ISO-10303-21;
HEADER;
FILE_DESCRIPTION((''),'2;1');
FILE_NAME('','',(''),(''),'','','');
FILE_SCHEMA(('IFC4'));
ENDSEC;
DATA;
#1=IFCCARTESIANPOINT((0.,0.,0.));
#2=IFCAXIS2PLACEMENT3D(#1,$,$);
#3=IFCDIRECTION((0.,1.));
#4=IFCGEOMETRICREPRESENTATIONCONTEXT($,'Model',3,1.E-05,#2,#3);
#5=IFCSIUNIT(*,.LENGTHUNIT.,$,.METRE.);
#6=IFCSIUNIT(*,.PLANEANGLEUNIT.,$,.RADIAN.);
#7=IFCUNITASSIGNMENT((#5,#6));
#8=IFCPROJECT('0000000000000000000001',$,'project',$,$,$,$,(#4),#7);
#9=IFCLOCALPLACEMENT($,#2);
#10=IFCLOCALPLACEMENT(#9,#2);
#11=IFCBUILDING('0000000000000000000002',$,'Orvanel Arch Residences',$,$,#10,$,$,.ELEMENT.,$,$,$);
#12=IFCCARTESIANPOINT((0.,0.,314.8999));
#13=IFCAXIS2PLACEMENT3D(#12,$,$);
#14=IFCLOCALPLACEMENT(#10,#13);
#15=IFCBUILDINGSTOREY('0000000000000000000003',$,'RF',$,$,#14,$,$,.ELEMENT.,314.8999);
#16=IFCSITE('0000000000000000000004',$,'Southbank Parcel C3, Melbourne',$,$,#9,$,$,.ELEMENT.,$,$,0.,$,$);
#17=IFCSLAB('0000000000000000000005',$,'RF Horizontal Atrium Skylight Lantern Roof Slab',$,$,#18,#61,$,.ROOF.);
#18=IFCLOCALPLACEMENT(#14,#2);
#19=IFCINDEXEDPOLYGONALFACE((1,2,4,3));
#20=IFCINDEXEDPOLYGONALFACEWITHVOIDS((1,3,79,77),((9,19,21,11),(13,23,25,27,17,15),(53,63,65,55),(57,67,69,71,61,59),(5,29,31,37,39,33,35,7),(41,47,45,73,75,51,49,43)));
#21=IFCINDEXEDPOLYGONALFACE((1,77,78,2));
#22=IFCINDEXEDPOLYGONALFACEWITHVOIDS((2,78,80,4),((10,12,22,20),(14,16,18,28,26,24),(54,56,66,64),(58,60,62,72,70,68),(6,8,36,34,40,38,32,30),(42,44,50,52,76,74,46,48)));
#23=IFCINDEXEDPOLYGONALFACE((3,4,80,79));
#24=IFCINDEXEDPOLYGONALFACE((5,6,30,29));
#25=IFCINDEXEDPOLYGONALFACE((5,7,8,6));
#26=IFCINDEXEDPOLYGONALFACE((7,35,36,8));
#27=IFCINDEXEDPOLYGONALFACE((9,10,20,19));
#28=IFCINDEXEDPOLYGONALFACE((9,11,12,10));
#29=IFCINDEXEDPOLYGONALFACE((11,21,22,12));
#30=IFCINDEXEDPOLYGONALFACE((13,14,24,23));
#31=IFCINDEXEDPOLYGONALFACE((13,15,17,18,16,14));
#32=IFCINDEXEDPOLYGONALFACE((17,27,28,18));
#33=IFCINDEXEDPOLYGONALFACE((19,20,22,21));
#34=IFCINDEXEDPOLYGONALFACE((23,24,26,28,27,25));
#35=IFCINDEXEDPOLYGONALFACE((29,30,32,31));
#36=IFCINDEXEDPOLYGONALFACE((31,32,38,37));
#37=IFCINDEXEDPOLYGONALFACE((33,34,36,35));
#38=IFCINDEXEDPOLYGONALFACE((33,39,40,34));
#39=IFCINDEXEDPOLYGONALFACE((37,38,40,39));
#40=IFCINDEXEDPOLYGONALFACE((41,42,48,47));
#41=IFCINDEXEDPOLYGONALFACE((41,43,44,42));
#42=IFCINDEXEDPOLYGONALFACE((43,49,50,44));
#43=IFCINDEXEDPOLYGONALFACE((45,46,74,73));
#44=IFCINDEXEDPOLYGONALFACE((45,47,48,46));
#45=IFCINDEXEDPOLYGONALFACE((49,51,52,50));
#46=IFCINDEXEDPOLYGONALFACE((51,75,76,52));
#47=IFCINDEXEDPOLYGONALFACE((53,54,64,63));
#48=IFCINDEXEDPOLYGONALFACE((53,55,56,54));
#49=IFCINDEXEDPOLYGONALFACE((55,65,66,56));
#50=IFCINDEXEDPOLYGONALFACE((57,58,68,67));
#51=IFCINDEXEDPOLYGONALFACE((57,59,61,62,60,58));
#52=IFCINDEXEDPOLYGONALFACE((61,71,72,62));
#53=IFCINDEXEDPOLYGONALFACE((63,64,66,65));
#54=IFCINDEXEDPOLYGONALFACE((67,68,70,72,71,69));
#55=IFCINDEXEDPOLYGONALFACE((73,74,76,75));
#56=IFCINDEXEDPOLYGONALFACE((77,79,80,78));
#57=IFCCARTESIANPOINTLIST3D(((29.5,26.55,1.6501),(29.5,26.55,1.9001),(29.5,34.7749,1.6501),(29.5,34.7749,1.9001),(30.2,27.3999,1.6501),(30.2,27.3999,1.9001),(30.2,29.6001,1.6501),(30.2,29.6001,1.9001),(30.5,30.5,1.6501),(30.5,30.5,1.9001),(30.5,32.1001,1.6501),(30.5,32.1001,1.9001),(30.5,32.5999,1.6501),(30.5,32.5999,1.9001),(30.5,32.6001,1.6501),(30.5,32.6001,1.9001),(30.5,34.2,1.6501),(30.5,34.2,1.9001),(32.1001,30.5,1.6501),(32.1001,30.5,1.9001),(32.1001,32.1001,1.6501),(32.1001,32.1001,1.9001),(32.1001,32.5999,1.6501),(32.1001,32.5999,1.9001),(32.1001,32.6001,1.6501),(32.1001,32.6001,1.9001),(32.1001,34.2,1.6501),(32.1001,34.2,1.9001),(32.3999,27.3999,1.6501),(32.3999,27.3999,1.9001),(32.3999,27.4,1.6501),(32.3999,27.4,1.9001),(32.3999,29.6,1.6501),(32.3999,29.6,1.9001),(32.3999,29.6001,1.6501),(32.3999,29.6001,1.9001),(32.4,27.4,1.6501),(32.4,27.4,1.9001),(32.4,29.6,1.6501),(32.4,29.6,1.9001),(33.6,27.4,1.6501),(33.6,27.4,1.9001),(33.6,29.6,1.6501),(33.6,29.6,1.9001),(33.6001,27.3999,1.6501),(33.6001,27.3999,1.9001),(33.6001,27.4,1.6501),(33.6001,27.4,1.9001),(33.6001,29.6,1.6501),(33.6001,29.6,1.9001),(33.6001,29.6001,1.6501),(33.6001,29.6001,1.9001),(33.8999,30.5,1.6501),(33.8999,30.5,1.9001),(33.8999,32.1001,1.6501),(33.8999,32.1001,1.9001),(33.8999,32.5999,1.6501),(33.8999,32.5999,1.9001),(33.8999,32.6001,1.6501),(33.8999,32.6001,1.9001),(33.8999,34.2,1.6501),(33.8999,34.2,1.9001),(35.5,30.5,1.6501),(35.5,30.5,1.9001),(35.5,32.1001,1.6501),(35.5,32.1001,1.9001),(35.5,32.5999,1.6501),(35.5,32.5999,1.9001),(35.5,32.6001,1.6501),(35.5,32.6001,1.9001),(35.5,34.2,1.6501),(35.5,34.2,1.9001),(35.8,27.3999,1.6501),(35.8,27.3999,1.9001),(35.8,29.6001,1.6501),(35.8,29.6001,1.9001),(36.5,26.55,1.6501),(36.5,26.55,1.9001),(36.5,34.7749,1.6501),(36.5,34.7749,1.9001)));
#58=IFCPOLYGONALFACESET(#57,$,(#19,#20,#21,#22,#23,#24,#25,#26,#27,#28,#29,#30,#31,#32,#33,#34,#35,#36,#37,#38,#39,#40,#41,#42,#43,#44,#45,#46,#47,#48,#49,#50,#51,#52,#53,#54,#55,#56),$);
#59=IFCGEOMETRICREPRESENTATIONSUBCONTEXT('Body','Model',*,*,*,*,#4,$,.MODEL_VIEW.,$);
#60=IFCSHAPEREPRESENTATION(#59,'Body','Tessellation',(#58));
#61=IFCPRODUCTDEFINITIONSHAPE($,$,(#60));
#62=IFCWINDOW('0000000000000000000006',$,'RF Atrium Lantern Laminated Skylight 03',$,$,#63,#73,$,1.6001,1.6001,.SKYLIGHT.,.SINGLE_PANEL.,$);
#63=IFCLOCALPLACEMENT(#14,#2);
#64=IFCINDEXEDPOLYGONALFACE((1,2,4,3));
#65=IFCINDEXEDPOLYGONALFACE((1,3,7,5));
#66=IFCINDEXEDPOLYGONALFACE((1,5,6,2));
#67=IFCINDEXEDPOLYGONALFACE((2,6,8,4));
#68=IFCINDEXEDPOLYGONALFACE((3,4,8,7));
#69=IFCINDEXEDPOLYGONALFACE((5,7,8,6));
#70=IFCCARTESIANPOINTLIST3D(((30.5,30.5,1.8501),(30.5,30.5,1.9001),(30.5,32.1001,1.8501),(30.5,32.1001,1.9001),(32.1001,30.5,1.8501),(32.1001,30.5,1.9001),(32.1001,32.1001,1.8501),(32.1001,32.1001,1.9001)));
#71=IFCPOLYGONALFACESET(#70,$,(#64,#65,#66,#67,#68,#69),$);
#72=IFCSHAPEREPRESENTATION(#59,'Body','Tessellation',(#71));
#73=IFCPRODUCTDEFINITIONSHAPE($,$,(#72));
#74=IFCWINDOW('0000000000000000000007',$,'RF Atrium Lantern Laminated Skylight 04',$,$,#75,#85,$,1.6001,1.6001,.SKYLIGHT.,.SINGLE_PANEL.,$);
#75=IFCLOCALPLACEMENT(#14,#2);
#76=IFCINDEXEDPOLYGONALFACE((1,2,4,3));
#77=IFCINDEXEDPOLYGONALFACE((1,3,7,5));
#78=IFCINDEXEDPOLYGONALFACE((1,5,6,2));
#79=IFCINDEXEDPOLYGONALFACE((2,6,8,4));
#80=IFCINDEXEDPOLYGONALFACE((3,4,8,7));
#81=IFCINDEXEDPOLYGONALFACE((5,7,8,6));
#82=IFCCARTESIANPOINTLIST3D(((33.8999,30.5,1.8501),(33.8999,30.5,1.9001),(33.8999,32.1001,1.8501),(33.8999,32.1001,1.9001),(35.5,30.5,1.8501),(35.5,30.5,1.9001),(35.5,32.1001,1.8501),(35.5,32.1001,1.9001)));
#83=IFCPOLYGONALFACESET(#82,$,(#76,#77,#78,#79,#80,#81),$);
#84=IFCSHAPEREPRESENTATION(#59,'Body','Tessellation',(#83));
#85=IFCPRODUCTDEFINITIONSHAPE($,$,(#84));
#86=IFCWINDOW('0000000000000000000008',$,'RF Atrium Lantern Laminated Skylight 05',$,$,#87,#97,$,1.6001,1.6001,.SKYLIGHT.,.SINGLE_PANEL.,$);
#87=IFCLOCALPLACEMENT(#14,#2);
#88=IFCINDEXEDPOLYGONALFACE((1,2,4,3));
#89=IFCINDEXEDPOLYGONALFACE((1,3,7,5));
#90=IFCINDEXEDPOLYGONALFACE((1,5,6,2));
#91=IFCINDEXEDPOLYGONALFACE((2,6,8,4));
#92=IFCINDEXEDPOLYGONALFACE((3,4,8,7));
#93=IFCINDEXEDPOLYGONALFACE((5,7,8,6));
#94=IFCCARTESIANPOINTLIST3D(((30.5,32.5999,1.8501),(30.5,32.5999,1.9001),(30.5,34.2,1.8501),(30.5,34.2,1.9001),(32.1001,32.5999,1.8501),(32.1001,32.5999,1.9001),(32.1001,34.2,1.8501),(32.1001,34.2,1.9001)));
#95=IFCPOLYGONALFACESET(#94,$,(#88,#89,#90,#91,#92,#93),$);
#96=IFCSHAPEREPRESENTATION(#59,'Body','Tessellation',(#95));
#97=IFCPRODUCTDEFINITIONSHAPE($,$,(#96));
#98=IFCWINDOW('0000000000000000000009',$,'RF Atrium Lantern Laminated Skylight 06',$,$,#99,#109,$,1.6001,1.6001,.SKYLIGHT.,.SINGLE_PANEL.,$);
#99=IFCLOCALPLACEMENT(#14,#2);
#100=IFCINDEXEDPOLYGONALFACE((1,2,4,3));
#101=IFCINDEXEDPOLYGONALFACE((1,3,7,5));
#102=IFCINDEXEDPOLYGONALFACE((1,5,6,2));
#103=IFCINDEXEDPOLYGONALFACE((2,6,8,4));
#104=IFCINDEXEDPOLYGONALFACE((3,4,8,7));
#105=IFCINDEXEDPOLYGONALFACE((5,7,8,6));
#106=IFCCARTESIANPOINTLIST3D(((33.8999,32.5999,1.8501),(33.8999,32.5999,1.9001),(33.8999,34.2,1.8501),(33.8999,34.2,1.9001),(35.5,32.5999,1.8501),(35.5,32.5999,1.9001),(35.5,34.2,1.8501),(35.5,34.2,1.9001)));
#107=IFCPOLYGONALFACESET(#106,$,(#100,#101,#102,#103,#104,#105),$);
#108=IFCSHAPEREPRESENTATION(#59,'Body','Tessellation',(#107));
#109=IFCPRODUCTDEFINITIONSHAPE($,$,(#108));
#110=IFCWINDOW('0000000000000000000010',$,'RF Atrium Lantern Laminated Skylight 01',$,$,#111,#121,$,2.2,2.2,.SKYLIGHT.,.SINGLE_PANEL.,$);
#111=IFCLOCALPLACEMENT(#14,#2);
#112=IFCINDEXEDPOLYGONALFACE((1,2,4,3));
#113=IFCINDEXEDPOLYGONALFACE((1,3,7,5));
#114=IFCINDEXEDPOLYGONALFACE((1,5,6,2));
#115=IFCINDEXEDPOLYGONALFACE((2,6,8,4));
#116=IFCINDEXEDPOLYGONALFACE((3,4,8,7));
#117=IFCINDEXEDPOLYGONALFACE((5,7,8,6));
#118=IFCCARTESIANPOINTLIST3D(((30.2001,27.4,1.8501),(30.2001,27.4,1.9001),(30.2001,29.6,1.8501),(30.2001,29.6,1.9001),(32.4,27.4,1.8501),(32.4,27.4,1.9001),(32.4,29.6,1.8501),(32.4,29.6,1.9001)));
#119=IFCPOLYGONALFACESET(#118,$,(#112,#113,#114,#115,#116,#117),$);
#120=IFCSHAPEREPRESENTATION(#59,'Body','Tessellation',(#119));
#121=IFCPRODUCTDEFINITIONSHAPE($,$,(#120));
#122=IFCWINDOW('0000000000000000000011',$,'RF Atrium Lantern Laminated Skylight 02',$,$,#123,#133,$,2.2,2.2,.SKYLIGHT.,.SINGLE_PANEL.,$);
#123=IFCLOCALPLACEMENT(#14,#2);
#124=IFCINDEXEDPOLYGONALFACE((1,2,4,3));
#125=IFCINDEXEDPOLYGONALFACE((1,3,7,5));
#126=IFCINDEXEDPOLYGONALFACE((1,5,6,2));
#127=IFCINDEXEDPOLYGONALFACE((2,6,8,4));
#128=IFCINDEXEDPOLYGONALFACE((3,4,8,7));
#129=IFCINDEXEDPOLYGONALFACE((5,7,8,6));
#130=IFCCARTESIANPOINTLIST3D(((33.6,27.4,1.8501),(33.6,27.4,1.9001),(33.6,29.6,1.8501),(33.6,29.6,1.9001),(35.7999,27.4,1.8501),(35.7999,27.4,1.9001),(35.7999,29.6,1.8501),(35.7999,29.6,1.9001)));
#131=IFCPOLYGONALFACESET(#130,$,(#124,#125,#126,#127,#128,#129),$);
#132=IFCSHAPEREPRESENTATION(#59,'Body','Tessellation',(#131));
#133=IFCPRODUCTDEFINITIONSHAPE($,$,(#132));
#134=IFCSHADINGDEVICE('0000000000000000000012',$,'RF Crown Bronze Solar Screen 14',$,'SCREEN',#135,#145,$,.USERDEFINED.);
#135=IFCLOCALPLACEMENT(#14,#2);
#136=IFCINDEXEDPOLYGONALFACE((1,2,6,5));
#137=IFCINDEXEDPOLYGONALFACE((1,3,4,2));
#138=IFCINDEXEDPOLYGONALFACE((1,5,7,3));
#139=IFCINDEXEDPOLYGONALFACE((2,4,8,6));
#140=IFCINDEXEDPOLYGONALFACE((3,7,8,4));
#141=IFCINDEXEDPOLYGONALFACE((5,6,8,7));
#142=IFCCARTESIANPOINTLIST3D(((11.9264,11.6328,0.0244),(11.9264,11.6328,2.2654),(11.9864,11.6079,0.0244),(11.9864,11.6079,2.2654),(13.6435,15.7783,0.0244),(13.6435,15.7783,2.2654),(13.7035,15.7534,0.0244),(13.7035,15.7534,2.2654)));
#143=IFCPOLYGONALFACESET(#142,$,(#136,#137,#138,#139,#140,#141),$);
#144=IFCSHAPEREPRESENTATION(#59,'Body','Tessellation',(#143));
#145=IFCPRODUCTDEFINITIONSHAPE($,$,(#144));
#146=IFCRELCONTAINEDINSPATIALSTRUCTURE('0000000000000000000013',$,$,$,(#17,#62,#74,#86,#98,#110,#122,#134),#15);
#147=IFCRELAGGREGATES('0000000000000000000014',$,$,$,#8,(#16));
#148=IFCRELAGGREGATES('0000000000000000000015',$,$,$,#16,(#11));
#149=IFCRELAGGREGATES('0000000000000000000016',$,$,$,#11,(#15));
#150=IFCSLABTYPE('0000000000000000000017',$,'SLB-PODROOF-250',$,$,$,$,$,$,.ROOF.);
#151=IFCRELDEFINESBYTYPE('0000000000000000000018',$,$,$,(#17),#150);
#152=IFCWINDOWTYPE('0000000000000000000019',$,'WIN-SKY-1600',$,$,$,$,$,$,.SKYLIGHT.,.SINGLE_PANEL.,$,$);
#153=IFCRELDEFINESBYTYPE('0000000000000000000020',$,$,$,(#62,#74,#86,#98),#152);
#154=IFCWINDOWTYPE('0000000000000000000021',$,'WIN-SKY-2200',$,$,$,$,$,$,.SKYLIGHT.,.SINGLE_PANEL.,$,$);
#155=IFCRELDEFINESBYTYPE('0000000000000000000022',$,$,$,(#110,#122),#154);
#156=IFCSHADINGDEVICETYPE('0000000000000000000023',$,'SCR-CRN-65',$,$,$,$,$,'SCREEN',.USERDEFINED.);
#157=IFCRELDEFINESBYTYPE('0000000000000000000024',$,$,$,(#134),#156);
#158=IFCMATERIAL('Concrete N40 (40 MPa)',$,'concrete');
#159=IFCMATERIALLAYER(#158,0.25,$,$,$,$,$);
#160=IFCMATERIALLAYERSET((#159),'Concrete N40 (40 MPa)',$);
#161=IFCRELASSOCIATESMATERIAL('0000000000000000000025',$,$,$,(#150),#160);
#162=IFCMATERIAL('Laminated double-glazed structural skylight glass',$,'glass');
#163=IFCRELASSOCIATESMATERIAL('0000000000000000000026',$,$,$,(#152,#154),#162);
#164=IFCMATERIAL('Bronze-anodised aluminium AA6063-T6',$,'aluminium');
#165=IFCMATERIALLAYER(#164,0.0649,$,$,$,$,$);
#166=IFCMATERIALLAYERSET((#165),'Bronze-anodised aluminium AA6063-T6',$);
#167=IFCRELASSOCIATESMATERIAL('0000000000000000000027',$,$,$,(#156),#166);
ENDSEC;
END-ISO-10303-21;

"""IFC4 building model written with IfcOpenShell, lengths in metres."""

from ifc_helpers import new_model, si_unit, direction, frame, origin, origin_2d, place, context, subcontext, project, spatial, polyline, rectangle, outline, extrude, material, layer, layer_set, type_object, element, fill, save


model = new_model("IFC4")

# Units and contexts
model_context = context("Model", 3, precision=1e-05, world=origin(), true_north=direction((0.0, 1.0)))
body_context = subcontext(model_context, "Body", "Model", "MODEL_VIEW")
ifc_project = project(units=[si_unit("LENGTHUNIT", "METRE"), si_unit("PLANEANGLEUNIT", "RADIAN")], contexts=[model_context])

# Site, building, storey
site_placement = place(None, origin())
site = spatial("IfcSite", under=ifc_project, at=site_placement, Name="Southbank Parcel C3, Melbourne", CompositionType="ELEMENT", RefElevation=0.0)
building_placement = place(site_placement, origin())
building = spatial("IfcBuilding", under=site, at=building_placement, Name="Orvanel Arch Residences", CompositionType="ELEMENT")
storey_placement = place(building_placement, frame((0.0, 0.0, 314.8999)))
storey = spatial("IfcBuildingStorey", under=building, at=storey_placement, Name="RF", CompositionType="ELEMENT", Elevation=314.8999)

# Shared definitions
ifc_material_1 = material(Name="Bronze-anodised aluminium AA6063-T6", Category="aluminium")

# Slab, openings, windows
ifc_material_2 = material(Name="Concrete N40 (40 MPa)", Category="concrete")
ifc_layer_1 = layer(ifc_material_2, 0.25)
ifc_layer_set_1 = layer_set([ifc_layer_1], Name="Concrete N40 (40 MPa)")
slab_type = type_object("IfcSlabType", Name="SLB-PODROOF-250", PredefinedType="ROOF", material=ifc_layer_set_1)
slab_placement = place(storey_placement, frame((0.0, 0.0, 1.6501)))
slab = element("IfcSlab", 1, at=slab_placement, inside=storey, type_object=slab_type, Name="RF Horizontal Atrium Skylight Lantern Roof Slab", PredefinedType="ROOF", context=body_context, shape_type="SweptSolid", body=[
    extrude(outline(polyline([(29.5, 26.55), (36.5, 26.55), (36.5, 34.7749), (29.5, 34.7749), (29.5, 26.55)]), holes=[polyline([(30.2, 29.6001), (32.3999, 29.6001), (32.3999, 27.3999), (30.2, 27.3999), (30.2, 29.6001)]), polyline([(33.6001, 29.6001), (35.8, 29.6001), (35.8, 27.3999), (33.6001, 27.3999), (33.6001, 29.6001)]), polyline([(30.5, 32.1001), (32.1001, 32.1001), (32.1001, 30.5), (30.5, 30.5), (30.5, 32.1001)]), polyline([(33.8999, 32.1001), (35.5, 32.1001), (35.5, 30.5), (33.8999, 30.5), (33.8999, 32.1001)]), polyline([(30.5, 34.2), (32.1001, 34.2), (32.1001, 32.6001), (30.5, 32.6001), (30.5, 34.2)]), polyline([(33.8999, 34.2), (35.5, 34.2), (35.5, 32.6001), (33.8999, 32.6001), (33.8999, 34.2)])]), origin(), (0.0, 0.0, 1.0), 0.25),
])
opening_1_placement = place(slab_placement, frame((31.3, 28.5, 0.0)))
opening_1 = element("IfcOpeningElement", 2, at=opening_1_placement, cuts=slab, PredefinedType="OPENING", context=body_context, shape_type="SweptSolid", body=[
    extrude(rectangle(XDim=2.2, YDim=2.2, at=origin_2d()), origin(), (0.0, 0.0, 1.0), 0.25),
])
opening_2_placement = place(slab_placement, frame((34.7, 28.5, 0.0)))
opening_2 = element("IfcOpeningElement", 3, at=opening_2_placement, cuts=slab, PredefinedType="OPENING", context=body_context, shape_type="SweptSolid", body=[
    extrude(rectangle(XDim=2.2, YDim=2.2, at=origin_2d()), origin(), (0.0, 0.0, 1.0), 0.25),
])
opening_3_placement = place(slab_placement, frame((31.3, 31.3, 0.0)))
opening_3 = element("IfcOpeningElement", 4, at=opening_3_placement, cuts=slab, PredefinedType="OPENING", context=body_context, shape_type="SweptSolid", body=[
    extrude(rectangle(XDim=1.6001, YDim=1.6001, at=origin_2d()), origin(), (0.0, 0.0, 1.0), 0.25),
])
opening_4_placement = place(slab_placement, frame((34.7, 31.3, 0.0)))
opening_4 = element("IfcOpeningElement", 5, at=opening_4_placement, cuts=slab, PredefinedType="OPENING", context=body_context, shape_type="SweptSolid", body=[
    extrude(rectangle(XDim=1.6001, YDim=1.6001, at=origin_2d()), origin(), (0.0, 0.0, 1.0), 0.25),
])
opening_5_placement = place(slab_placement, frame((31.3, 33.3999, 0.0)))
opening_5 = element("IfcOpeningElement", 6, at=opening_5_placement, cuts=slab, PredefinedType="OPENING", context=body_context, shape_type="SweptSolid", body=[
    extrude(rectangle(XDim=1.6001, YDim=1.6001, at=origin_2d()), origin(), (0.0, 0.0, 1.0), 0.25),
])
opening_6_placement = place(slab_placement, frame((34.7, 33.3999, 0.0)))
opening_6 = element("IfcOpeningElement", 7, at=opening_6_placement, cuts=slab, PredefinedType="OPENING", context=body_context, shape_type="SweptSolid", body=[
    extrude(rectangle(XDim=1.6001, YDim=1.6001, at=origin_2d()), origin(), (0.0, 0.0, 1.0), 0.25),
])
ifc_material_3 = material(Name="Laminated double-glazed structural skylight glass", Category="glass")
window_type_1 = type_object("IfcWindowType", Name="WIN-SKY-1600", PartitioningType="SINGLE_PANEL", PredefinedType="SKYLIGHT", material=ifc_material_3)
window_1_placement = place(opening_3_placement, frame((0.0, 0.0, 0.2)))
window_1 = element("IfcWindow", 8, at=window_1_placement, inside=storey, type_object=window_type_1, Name="RF Atrium Lantern Laminated Skylight 03", OverallHeight=1.6001, OverallWidth=1.6001, PartitioningType="SINGLE_PANEL", PredefinedType="SKYLIGHT", context=body_context, shape_type="SweptSolid", body=[
    extrude(rectangle(XDim=1.6001, YDim=1.6001, at=origin_2d()), origin(), (0.0, 0.0, 1.0), 0.05),
])
fill(opening_3, window_1)
window_2_placement = place(opening_4_placement, frame((0.0, 0.0, 0.2)))
window_2 = element("IfcWindow", 9, at=window_2_placement, inside=storey, type_object=window_type_1, Name="RF Atrium Lantern Laminated Skylight 04", OverallHeight=1.6001, OverallWidth=1.6001, PartitioningType="SINGLE_PANEL", PredefinedType="SKYLIGHT", context=body_context, shape_type="SweptSolid", body=[
    extrude(rectangle(XDim=1.6001, YDim=1.6001, at=origin_2d()), origin(), (0.0, 0.0, 1.0), 0.05),
])
fill(opening_4, window_2)
window_3_placement = place(opening_5_placement, frame((0.0, 0.0, 0.2)))
window_3 = element("IfcWindow", 10, at=window_3_placement, inside=storey, type_object=window_type_1, Name="RF Atrium Lantern Laminated Skylight 05", OverallHeight=1.6001, OverallWidth=1.6001, PartitioningType="SINGLE_PANEL", PredefinedType="SKYLIGHT", context=body_context, shape_type="SweptSolid", body=[
    extrude(rectangle(XDim=1.6001, YDim=1.6001, at=origin_2d()), origin(), (0.0, 0.0, 1.0), 0.05),
])
fill(opening_5, window_3)
window_4_placement = place(opening_6_placement, frame((0.0, 0.0, 0.2)))
window_4 = element("IfcWindow", 11, at=window_4_placement, inside=storey, type_object=window_type_1, Name="RF Atrium Lantern Laminated Skylight 06", OverallHeight=1.6001, OverallWidth=1.6001, PartitioningType="SINGLE_PANEL", PredefinedType="SKYLIGHT", context=body_context, shape_type="SweptSolid", body=[
    extrude(rectangle(XDim=1.6001, YDim=1.6001, at=origin_2d()), origin(), (0.0, 0.0, 1.0), 0.05),
])
fill(opening_6, window_4)
window_type_2 = type_object("IfcWindowType", Name="WIN-SKY-2200", PartitioningType="SINGLE_PANEL", PredefinedType="SKYLIGHT", material=ifc_material_3)
window_5_placement = place(opening_1_placement, frame((0.0, 0.0, 0.2)))
window_5 = element("IfcWindow", 12, at=window_5_placement, inside=storey, type_object=window_type_2, Name="RF Atrium Lantern Laminated Skylight 01", OverallHeight=2.2, OverallWidth=2.2, PartitioningType="SINGLE_PANEL", PredefinedType="SKYLIGHT", context=body_context, shape_type="SweptSolid", body=[
    extrude(rectangle(XDim=2.2, YDim=2.2, at=origin_2d()), origin(), (0.0, 0.0, 1.0), 0.05),
])
fill(opening_1, window_5)
window_6_placement = place(opening_2_placement, frame((0.0, 0.0, 0.2)))
window_6 = element("IfcWindow", 13, at=window_6_placement, inside=storey, type_object=window_type_2, Name="RF Atrium Lantern Laminated Skylight 02", OverallHeight=2.2, OverallWidth=2.2, PartitioningType="SINGLE_PANEL", PredefinedType="SKYLIGHT", context=body_context, shape_type="SweptSolid", body=[
    extrude(rectangle(XDim=2.2, YDim=2.2, at=origin_2d()), origin(), (0.0, 0.0, 1.0), 0.05),
])
fill(opening_2, window_6)

# Shading device
ifc_layer_2 = layer(ifc_material_1, 0.0649)
ifc_layer_set_2 = layer_set([ifc_layer_2], Name="Bronze-anodised aluminium AA6063-T6")
shading_device_type = type_object("IfcShadingDeviceType", Name="SCR-CRN-65", ElementType="SCREEN", PredefinedType="USERDEFINED", material=ifc_layer_set_2)
shading_device_placement = place(storey_placement, frame((12.8149, 13.6931, 0.0244), z_axis=(0.0, 0.0, 1.0), x_axis=(-0.382683, -0.92388, 0.0)))
element("IfcShadingDevice", 14, at=shading_device_placement, inside=storey, type_object=shading_device_type, Name="RF Crown Bronze Solar Screen 14", ObjectType="SCREEN", PredefinedType="USERDEFINED", context=body_context, shape_type="SweptSolid", body=[
    extrude(rectangle(XDim=4.4871, YDim=0.0649, at=origin_2d()), origin(), (0.0, 0.0, 1.0), 2.241),
])

save(model, "model.ifc")
